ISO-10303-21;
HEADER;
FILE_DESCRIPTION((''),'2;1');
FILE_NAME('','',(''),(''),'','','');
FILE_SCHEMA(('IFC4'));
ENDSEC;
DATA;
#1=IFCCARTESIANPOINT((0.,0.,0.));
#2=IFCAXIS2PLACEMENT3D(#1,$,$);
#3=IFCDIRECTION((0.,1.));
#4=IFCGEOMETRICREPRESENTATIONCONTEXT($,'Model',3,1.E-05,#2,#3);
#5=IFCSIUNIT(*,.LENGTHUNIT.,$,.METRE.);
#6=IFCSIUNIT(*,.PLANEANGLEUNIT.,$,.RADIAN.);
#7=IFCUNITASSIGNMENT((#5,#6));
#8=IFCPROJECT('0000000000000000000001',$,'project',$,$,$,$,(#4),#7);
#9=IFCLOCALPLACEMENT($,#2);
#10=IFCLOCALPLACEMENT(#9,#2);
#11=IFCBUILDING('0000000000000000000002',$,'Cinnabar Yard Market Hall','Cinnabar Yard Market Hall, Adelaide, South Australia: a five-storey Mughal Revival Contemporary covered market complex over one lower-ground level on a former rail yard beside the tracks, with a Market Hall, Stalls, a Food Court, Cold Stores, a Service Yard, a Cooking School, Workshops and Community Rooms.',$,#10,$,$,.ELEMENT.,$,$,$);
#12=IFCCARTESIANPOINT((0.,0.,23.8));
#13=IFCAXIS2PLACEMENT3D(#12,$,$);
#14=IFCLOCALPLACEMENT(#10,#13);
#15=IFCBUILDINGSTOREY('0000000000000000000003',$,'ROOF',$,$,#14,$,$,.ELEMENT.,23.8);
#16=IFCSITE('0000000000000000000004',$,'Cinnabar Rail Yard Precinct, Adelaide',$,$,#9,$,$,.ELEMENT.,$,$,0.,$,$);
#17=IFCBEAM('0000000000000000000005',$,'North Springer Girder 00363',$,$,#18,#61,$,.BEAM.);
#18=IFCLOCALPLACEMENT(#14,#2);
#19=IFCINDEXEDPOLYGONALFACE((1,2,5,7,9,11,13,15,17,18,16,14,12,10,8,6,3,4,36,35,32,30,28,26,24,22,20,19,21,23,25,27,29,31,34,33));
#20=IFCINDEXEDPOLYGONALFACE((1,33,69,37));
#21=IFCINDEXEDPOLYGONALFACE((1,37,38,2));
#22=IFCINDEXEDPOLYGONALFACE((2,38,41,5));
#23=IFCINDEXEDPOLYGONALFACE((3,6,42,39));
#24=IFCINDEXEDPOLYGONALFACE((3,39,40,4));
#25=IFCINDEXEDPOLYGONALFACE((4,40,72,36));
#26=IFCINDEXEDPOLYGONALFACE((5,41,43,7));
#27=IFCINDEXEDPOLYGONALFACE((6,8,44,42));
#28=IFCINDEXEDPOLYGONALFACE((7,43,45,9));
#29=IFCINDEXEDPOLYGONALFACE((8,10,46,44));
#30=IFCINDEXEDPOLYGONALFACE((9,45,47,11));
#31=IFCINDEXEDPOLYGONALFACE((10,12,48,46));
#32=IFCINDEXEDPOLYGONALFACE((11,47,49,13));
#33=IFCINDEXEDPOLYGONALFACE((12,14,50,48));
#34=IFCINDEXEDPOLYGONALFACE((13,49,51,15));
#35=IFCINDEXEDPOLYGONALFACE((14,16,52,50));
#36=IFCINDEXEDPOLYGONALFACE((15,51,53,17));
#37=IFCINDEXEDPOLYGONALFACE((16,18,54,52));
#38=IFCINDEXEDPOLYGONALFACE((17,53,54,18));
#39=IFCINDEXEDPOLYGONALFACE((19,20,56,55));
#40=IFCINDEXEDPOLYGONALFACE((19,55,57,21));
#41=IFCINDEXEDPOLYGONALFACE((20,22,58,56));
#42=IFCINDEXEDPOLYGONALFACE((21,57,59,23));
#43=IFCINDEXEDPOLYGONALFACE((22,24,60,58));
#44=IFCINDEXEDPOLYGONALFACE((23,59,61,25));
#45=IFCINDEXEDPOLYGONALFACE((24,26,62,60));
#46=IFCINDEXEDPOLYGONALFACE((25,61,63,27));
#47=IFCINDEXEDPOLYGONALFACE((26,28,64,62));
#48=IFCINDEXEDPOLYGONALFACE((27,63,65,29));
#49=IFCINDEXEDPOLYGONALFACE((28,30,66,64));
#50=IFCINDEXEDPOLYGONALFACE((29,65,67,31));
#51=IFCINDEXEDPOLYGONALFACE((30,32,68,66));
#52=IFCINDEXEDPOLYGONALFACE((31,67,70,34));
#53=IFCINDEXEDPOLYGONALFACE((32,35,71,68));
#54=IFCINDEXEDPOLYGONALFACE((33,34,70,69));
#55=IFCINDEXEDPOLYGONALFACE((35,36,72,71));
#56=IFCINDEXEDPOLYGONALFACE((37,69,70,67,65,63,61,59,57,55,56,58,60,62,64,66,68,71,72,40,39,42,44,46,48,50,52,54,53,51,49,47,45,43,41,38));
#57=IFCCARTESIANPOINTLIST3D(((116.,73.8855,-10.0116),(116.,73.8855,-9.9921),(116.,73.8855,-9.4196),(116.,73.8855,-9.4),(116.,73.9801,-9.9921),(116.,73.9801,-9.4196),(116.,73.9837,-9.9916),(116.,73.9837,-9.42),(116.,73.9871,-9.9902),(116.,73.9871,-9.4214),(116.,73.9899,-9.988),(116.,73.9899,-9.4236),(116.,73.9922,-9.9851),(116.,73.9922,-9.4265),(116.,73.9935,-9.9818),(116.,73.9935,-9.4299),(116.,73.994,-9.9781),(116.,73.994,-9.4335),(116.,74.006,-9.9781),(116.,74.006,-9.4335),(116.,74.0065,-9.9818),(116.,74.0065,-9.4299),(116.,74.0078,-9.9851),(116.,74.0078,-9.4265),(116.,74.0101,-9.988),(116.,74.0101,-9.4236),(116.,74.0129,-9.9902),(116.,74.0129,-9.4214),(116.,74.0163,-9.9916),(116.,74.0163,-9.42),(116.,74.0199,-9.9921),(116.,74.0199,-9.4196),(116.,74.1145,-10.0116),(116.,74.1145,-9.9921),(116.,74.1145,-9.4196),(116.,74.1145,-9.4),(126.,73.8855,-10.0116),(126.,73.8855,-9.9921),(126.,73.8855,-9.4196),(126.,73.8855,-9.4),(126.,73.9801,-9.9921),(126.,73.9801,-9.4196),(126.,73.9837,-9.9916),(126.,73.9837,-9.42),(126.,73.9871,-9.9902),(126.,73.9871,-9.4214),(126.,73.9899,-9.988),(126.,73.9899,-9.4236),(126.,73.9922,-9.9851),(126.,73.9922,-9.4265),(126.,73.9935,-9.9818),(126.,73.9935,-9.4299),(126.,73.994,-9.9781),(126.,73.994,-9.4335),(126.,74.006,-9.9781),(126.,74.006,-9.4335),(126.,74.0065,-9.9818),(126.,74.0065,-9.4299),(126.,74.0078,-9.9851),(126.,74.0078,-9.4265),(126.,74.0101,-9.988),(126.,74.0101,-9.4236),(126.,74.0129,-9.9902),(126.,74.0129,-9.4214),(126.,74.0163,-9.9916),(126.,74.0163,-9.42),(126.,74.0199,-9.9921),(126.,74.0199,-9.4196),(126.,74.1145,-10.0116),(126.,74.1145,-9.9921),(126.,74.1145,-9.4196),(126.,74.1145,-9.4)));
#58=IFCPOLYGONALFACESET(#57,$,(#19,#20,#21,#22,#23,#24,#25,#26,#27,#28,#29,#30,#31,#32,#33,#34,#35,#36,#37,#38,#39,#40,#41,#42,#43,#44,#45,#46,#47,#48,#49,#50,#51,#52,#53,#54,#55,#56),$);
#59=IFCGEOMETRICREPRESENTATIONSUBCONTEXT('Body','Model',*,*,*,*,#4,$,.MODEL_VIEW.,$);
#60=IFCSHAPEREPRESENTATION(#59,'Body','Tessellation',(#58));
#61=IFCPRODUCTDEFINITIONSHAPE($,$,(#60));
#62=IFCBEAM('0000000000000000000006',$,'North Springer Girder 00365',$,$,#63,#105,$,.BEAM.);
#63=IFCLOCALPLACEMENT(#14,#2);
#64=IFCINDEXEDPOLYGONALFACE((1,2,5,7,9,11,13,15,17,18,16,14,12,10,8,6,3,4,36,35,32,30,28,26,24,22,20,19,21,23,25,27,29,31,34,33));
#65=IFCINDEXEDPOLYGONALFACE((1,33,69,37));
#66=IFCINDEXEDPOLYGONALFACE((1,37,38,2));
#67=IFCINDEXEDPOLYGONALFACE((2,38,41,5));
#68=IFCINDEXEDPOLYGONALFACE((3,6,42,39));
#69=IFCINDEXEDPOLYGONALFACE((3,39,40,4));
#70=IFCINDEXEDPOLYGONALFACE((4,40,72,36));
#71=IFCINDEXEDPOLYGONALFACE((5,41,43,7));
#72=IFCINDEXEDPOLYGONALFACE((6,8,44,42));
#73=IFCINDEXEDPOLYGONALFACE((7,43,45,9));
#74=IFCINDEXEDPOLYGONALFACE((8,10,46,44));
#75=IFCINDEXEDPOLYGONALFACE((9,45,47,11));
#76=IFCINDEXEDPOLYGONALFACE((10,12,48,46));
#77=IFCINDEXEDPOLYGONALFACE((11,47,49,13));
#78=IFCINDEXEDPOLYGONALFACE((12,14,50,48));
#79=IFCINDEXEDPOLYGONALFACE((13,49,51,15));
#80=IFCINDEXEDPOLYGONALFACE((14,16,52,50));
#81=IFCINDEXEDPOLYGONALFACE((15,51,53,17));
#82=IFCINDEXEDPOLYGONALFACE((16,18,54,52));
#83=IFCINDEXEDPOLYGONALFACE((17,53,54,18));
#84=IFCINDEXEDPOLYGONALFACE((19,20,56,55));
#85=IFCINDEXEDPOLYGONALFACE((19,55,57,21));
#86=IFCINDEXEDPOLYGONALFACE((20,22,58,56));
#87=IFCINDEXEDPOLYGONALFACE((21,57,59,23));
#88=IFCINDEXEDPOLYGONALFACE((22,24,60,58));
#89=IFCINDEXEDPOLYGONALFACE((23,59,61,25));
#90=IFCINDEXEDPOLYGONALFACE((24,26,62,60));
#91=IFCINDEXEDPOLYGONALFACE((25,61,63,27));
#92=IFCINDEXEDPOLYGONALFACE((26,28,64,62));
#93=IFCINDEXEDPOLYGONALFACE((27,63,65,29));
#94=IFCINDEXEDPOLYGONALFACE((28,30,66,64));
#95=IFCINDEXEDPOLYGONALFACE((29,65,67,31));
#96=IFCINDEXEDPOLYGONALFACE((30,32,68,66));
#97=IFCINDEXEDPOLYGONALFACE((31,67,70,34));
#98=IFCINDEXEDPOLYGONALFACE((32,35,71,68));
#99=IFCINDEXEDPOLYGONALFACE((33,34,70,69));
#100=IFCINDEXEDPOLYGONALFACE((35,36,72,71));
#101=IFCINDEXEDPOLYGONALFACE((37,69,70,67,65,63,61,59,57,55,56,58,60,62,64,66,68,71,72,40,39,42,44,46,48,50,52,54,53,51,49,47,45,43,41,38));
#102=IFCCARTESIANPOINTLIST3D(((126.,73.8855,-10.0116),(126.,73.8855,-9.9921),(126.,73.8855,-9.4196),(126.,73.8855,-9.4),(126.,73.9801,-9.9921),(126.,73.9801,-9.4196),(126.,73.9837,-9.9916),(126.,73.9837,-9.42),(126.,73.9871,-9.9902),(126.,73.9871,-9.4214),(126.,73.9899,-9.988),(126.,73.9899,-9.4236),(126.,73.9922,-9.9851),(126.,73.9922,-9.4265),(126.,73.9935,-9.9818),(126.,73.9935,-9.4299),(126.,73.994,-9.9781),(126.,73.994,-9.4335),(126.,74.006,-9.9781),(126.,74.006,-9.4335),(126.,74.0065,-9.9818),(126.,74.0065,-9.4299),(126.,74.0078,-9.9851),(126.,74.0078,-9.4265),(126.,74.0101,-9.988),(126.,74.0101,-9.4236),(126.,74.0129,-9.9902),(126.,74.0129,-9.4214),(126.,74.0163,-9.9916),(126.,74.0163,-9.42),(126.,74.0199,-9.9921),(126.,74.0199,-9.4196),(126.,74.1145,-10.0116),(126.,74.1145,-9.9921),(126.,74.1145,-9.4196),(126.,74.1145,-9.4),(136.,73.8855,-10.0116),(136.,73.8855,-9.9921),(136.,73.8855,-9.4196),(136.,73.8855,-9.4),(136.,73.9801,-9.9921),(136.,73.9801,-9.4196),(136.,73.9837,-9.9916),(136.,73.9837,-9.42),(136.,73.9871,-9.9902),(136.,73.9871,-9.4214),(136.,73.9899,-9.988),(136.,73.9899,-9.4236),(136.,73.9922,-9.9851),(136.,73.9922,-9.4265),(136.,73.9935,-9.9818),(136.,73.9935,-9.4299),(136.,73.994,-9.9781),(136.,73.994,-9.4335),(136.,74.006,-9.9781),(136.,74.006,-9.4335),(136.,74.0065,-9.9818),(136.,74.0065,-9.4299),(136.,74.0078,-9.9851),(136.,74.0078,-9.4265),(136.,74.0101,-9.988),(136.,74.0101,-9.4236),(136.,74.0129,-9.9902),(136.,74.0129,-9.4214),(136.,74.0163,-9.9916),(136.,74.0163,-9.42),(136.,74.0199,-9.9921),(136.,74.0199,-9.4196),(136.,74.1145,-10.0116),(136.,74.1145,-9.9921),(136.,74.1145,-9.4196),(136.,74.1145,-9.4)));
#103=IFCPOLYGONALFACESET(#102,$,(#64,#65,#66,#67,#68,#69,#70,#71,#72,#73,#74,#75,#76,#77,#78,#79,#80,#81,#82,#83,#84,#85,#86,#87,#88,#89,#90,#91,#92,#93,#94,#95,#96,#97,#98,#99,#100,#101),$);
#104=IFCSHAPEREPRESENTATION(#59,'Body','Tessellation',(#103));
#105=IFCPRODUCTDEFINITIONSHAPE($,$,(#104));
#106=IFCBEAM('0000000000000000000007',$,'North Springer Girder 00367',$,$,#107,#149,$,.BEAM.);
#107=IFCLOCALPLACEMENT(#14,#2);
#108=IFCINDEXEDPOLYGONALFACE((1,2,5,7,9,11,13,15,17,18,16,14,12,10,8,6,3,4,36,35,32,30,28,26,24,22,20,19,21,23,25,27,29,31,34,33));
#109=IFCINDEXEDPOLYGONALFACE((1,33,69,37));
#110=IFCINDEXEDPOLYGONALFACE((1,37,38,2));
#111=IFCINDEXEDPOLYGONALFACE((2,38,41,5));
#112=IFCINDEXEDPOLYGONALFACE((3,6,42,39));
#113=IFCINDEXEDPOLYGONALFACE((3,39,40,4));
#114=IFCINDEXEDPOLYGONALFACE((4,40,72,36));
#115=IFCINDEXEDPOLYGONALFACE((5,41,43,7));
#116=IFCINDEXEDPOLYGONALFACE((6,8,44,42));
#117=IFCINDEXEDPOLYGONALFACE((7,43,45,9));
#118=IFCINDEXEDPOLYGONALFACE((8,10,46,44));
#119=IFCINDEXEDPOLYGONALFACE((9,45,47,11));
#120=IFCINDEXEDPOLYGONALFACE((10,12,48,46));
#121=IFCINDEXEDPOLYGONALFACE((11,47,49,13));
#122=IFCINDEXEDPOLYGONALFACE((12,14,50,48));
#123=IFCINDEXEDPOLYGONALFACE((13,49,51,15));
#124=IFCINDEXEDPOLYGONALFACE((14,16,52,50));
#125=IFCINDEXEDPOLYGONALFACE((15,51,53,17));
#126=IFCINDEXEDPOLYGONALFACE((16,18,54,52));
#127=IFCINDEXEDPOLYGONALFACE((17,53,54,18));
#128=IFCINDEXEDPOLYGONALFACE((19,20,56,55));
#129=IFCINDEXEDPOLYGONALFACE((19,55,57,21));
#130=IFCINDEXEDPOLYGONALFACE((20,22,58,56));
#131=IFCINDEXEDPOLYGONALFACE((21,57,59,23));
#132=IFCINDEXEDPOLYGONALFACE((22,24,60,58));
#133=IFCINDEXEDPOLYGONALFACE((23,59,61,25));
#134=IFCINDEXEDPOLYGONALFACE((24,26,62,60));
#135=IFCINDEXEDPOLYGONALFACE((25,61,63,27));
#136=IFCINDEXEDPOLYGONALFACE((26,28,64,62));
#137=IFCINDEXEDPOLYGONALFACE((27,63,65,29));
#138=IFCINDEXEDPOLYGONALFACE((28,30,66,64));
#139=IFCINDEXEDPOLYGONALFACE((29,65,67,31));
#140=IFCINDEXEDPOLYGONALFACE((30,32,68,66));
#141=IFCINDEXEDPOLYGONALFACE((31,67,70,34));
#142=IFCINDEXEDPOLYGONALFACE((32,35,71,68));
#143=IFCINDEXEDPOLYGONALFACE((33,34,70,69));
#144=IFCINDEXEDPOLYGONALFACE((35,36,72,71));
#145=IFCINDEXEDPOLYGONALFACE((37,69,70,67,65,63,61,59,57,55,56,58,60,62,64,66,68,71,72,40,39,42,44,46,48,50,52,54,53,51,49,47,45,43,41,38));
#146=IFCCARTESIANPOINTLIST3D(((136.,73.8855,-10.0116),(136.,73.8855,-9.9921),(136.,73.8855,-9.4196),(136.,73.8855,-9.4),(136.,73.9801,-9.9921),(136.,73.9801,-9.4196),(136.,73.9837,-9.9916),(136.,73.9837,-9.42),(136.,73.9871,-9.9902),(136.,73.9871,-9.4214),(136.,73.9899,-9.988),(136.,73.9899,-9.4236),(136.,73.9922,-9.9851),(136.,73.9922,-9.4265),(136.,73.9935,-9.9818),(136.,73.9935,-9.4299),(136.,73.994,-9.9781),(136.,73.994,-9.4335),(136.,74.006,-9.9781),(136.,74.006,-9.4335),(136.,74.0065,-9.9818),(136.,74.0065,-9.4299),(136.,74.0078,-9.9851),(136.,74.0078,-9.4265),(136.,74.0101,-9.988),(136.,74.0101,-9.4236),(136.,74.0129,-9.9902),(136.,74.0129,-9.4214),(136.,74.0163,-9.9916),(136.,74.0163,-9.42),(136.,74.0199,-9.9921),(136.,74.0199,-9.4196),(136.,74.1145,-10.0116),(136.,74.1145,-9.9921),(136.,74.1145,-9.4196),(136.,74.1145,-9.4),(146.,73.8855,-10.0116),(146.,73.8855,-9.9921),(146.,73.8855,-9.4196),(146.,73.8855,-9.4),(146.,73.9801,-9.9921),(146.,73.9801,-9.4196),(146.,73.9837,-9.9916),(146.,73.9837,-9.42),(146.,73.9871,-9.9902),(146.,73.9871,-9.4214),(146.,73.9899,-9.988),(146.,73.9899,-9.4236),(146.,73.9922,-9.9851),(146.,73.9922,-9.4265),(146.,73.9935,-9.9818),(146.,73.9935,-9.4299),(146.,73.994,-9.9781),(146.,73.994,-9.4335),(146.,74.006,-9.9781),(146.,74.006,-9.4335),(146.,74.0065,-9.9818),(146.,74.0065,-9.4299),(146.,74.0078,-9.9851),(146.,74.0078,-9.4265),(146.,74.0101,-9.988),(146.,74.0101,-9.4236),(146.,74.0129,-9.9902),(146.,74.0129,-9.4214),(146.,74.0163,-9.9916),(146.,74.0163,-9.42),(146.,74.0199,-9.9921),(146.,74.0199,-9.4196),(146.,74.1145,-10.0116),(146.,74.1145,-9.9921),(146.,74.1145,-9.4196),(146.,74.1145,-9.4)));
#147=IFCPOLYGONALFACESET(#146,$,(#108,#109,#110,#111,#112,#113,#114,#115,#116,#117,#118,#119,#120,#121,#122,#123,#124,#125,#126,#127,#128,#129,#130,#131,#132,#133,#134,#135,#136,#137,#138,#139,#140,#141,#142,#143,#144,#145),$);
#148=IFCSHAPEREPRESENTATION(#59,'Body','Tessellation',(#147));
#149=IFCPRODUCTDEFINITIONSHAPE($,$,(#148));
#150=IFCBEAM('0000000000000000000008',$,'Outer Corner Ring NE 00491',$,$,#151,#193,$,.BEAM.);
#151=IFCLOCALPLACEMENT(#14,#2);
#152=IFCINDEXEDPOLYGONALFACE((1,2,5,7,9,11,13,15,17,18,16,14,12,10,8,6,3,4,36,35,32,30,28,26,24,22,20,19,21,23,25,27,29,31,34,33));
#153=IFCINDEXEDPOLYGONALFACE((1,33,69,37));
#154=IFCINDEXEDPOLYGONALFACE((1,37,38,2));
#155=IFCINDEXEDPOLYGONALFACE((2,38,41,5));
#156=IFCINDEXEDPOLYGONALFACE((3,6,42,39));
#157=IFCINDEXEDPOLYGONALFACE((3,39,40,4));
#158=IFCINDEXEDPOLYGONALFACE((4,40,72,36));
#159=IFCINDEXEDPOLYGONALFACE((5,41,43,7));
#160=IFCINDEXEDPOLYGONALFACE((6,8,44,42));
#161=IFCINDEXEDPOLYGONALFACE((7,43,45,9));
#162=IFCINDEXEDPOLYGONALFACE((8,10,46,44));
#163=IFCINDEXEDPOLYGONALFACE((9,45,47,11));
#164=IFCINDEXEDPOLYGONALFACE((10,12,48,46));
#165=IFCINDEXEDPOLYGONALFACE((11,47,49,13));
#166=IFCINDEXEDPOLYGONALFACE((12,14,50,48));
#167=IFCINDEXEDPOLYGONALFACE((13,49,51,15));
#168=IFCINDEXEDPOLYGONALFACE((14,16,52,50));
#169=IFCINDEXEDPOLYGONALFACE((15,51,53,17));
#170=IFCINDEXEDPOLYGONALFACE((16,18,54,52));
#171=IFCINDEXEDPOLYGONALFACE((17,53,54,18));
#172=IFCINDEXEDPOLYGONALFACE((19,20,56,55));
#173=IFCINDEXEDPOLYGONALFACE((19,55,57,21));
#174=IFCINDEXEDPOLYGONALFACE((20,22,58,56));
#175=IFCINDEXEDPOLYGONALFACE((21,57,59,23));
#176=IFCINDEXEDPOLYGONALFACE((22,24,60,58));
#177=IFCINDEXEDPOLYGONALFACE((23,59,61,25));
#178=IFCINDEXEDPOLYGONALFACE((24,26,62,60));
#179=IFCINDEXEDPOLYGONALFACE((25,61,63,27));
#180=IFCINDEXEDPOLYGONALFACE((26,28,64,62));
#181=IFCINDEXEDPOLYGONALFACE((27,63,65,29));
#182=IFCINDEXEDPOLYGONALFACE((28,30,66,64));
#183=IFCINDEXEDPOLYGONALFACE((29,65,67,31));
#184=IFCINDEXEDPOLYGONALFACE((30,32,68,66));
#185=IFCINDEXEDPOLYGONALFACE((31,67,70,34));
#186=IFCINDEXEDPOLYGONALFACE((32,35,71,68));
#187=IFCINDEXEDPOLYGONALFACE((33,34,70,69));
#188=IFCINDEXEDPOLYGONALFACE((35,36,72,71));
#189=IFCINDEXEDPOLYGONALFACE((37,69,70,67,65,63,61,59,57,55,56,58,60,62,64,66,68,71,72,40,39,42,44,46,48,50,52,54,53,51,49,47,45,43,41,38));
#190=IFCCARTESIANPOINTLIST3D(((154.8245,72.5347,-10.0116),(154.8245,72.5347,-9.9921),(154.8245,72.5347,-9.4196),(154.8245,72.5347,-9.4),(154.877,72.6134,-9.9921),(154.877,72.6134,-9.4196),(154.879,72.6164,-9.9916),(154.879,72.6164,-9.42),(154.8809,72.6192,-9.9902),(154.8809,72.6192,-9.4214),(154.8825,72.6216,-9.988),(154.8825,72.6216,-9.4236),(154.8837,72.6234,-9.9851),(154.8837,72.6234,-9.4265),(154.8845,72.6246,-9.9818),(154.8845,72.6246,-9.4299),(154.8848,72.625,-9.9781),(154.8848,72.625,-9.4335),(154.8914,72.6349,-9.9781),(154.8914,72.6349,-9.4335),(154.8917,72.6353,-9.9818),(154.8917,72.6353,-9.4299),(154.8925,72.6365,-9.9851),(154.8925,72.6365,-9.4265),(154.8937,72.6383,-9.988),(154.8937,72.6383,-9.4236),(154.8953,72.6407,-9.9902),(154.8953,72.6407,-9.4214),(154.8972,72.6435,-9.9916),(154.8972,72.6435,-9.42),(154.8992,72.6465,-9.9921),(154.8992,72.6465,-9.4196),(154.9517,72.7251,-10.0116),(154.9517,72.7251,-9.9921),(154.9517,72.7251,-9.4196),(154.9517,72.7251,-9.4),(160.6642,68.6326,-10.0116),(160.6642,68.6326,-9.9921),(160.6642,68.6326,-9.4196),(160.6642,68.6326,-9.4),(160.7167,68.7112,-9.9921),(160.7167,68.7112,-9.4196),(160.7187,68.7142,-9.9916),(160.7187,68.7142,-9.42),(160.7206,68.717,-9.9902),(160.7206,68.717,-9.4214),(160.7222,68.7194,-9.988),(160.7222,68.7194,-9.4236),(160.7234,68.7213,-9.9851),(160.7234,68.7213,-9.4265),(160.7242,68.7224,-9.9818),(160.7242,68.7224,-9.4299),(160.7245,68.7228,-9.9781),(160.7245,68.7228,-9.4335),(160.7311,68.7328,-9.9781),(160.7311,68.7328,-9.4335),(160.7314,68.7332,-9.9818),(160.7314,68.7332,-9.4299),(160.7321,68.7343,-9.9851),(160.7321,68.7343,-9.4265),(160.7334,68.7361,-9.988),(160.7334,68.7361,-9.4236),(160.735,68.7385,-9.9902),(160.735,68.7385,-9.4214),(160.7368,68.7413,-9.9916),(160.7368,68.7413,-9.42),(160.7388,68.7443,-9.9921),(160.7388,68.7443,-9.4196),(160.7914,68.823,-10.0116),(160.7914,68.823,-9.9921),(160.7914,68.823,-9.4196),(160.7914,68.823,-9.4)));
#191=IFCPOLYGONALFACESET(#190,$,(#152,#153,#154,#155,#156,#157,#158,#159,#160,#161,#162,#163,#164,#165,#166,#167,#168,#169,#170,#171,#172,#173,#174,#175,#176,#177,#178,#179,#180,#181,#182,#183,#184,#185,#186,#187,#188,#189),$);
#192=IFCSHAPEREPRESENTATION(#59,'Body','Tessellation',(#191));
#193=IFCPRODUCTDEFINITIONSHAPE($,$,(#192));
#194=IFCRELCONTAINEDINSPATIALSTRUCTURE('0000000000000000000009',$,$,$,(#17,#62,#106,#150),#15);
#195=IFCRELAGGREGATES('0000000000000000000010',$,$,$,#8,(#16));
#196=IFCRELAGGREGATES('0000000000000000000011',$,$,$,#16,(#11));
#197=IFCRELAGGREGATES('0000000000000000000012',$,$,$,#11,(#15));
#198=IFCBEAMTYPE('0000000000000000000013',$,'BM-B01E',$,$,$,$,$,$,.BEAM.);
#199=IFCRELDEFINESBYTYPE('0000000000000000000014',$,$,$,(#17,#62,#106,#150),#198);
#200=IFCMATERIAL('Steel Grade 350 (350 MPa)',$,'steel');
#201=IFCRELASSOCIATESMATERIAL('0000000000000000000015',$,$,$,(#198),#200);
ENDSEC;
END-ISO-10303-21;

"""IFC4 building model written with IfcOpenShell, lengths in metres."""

from ifc_helpers import new_model, si_unit, direction, frame, origin, origin_2d_with_axis, place, context, subcontext, project, spatial, i_section, extrude, material, material_profile, profile_set, type_object, element, save


model = new_model("IFC4")

# Units and contexts
model_context = context("Model", 3, precision=1e-05, world=origin(), true_north=direction((0.0, 1.0)))
body_context = subcontext(model_context, "Body", "Model", "MODEL_VIEW")
ifc_project = project(units=[si_unit("LENGTHUNIT", "METRE"), si_unit("PLANEANGLEUNIT", "RADIAN")], contexts=[model_context])

# Site, building, storey
site_placement = place(None, origin())
site = spatial("IfcSite", under=ifc_project, at=site_placement, Name="Cinnabar Rail Yard Precinct, Adelaide", CompositionType="ELEMENT", RefElevation=0.0)
building_placement = place(site_placement, origin())
building = spatial("IfcBuilding", under=site, at=building_placement, Name="Cinnabar Yard Market Hall", Description="Cinnabar Yard Market Hall, Adelaide, South Australia: a five-storey Mughal Revival Contemporary covered market complex over one lower-ground level on a former rail yard beside the tracks, with a Market Hall, Stalls, a Food Court, Cold Stores, a Service Yard, a Cooking School, Workshops and Community Rooms.", CompositionType="ELEMENT")
storey_placement = place(building_placement, frame((0.0, 0.0, 23.8)))
storey = spatial("IfcBuildingStorey", under=building, at=storey_placement, Name="ROOF", CompositionType="ELEMENT", Elevation=23.8)

# Beams
ifc_material_1 = material(Name="Steel Grade 350 (350 MPa)", Category="steel")
ifc_material_profile_1 = material_profile(ifc_material_1, i_section(OverallWidth=0.229, OverallDepth=0.6116, WebThickness=0.012, FlangeThickness=0.0195, FilletRadius=0.0139, at=origin_2d_with_axis()), Name="610UB125")
ifc_profile_set_1 = profile_set([ifc_material_profile_1], Name="Steel Grade 350 (350 MPa)")
beam_type_1 = type_object("IfcBeamType", Name="BM-B01E", PredefinedType="BEAM", material=ifc_profile_set_1)
for number, where, z_axis, x_axis, name in (
    (1, (116.0, 74.0, -9.7058), (1.0, 0.0, 0.0), (0.0, 1.0, 0.0), "North Springer Girder 00363"),
    (2, (126.0, 74.0, -9.7058), (1.0, 0.0, 0.0), (0.0, 1.0, 0.0), "North Springer Girder 00365"),
    (3, (136.0, 74.0, -9.7058), (1.0, 0.0, 0.0), (0.0, 1.0, 0.0), "North Springer Girder 00367"),
):
    element("IfcBeam", number, at=place(storey_placement, frame(where, z_axis=z_axis, x_axis=x_axis)), inside=storey, type_object=beam_type_1, Name=name, PredefinedType="BEAM", context=body_context, shape_type="SweptSolid", body=[
        extrude(i_section(OverallWidth=0.229, OverallDepth=0.6116, WebThickness=0.012, FlangeThickness=0.0195, FilletRadius=0.0139, at=origin_2d_with_axis()), origin(), (0.0, 0.0, 1.0), 10.0),
    ])
beam_1_placement = place(storey_placement, frame((160.7278, 68.7278, -9.7058), z_axis=(-0.831456, 0.55559, 0.0), x_axis=(-0.55559, -0.831456, 0.0)))
element("IfcBeam", 4, at=beam_1_placement, inside=storey, type_object=beam_type_1, Name="Outer Corner Ring NE 00491", PredefinedType="BEAM", context=body_context, shape_type="SweptSolid", body=[
    extrude(i_section(OverallWidth=0.229, OverallDepth=0.6116, WebThickness=0.012, FlangeThickness=0.0195, FilletRadius=0.0139, at=origin_2d_with_axis()), origin(), (0.0, 0.0, 1.0), 7.0234),
])

save(model, "model.ifc")
